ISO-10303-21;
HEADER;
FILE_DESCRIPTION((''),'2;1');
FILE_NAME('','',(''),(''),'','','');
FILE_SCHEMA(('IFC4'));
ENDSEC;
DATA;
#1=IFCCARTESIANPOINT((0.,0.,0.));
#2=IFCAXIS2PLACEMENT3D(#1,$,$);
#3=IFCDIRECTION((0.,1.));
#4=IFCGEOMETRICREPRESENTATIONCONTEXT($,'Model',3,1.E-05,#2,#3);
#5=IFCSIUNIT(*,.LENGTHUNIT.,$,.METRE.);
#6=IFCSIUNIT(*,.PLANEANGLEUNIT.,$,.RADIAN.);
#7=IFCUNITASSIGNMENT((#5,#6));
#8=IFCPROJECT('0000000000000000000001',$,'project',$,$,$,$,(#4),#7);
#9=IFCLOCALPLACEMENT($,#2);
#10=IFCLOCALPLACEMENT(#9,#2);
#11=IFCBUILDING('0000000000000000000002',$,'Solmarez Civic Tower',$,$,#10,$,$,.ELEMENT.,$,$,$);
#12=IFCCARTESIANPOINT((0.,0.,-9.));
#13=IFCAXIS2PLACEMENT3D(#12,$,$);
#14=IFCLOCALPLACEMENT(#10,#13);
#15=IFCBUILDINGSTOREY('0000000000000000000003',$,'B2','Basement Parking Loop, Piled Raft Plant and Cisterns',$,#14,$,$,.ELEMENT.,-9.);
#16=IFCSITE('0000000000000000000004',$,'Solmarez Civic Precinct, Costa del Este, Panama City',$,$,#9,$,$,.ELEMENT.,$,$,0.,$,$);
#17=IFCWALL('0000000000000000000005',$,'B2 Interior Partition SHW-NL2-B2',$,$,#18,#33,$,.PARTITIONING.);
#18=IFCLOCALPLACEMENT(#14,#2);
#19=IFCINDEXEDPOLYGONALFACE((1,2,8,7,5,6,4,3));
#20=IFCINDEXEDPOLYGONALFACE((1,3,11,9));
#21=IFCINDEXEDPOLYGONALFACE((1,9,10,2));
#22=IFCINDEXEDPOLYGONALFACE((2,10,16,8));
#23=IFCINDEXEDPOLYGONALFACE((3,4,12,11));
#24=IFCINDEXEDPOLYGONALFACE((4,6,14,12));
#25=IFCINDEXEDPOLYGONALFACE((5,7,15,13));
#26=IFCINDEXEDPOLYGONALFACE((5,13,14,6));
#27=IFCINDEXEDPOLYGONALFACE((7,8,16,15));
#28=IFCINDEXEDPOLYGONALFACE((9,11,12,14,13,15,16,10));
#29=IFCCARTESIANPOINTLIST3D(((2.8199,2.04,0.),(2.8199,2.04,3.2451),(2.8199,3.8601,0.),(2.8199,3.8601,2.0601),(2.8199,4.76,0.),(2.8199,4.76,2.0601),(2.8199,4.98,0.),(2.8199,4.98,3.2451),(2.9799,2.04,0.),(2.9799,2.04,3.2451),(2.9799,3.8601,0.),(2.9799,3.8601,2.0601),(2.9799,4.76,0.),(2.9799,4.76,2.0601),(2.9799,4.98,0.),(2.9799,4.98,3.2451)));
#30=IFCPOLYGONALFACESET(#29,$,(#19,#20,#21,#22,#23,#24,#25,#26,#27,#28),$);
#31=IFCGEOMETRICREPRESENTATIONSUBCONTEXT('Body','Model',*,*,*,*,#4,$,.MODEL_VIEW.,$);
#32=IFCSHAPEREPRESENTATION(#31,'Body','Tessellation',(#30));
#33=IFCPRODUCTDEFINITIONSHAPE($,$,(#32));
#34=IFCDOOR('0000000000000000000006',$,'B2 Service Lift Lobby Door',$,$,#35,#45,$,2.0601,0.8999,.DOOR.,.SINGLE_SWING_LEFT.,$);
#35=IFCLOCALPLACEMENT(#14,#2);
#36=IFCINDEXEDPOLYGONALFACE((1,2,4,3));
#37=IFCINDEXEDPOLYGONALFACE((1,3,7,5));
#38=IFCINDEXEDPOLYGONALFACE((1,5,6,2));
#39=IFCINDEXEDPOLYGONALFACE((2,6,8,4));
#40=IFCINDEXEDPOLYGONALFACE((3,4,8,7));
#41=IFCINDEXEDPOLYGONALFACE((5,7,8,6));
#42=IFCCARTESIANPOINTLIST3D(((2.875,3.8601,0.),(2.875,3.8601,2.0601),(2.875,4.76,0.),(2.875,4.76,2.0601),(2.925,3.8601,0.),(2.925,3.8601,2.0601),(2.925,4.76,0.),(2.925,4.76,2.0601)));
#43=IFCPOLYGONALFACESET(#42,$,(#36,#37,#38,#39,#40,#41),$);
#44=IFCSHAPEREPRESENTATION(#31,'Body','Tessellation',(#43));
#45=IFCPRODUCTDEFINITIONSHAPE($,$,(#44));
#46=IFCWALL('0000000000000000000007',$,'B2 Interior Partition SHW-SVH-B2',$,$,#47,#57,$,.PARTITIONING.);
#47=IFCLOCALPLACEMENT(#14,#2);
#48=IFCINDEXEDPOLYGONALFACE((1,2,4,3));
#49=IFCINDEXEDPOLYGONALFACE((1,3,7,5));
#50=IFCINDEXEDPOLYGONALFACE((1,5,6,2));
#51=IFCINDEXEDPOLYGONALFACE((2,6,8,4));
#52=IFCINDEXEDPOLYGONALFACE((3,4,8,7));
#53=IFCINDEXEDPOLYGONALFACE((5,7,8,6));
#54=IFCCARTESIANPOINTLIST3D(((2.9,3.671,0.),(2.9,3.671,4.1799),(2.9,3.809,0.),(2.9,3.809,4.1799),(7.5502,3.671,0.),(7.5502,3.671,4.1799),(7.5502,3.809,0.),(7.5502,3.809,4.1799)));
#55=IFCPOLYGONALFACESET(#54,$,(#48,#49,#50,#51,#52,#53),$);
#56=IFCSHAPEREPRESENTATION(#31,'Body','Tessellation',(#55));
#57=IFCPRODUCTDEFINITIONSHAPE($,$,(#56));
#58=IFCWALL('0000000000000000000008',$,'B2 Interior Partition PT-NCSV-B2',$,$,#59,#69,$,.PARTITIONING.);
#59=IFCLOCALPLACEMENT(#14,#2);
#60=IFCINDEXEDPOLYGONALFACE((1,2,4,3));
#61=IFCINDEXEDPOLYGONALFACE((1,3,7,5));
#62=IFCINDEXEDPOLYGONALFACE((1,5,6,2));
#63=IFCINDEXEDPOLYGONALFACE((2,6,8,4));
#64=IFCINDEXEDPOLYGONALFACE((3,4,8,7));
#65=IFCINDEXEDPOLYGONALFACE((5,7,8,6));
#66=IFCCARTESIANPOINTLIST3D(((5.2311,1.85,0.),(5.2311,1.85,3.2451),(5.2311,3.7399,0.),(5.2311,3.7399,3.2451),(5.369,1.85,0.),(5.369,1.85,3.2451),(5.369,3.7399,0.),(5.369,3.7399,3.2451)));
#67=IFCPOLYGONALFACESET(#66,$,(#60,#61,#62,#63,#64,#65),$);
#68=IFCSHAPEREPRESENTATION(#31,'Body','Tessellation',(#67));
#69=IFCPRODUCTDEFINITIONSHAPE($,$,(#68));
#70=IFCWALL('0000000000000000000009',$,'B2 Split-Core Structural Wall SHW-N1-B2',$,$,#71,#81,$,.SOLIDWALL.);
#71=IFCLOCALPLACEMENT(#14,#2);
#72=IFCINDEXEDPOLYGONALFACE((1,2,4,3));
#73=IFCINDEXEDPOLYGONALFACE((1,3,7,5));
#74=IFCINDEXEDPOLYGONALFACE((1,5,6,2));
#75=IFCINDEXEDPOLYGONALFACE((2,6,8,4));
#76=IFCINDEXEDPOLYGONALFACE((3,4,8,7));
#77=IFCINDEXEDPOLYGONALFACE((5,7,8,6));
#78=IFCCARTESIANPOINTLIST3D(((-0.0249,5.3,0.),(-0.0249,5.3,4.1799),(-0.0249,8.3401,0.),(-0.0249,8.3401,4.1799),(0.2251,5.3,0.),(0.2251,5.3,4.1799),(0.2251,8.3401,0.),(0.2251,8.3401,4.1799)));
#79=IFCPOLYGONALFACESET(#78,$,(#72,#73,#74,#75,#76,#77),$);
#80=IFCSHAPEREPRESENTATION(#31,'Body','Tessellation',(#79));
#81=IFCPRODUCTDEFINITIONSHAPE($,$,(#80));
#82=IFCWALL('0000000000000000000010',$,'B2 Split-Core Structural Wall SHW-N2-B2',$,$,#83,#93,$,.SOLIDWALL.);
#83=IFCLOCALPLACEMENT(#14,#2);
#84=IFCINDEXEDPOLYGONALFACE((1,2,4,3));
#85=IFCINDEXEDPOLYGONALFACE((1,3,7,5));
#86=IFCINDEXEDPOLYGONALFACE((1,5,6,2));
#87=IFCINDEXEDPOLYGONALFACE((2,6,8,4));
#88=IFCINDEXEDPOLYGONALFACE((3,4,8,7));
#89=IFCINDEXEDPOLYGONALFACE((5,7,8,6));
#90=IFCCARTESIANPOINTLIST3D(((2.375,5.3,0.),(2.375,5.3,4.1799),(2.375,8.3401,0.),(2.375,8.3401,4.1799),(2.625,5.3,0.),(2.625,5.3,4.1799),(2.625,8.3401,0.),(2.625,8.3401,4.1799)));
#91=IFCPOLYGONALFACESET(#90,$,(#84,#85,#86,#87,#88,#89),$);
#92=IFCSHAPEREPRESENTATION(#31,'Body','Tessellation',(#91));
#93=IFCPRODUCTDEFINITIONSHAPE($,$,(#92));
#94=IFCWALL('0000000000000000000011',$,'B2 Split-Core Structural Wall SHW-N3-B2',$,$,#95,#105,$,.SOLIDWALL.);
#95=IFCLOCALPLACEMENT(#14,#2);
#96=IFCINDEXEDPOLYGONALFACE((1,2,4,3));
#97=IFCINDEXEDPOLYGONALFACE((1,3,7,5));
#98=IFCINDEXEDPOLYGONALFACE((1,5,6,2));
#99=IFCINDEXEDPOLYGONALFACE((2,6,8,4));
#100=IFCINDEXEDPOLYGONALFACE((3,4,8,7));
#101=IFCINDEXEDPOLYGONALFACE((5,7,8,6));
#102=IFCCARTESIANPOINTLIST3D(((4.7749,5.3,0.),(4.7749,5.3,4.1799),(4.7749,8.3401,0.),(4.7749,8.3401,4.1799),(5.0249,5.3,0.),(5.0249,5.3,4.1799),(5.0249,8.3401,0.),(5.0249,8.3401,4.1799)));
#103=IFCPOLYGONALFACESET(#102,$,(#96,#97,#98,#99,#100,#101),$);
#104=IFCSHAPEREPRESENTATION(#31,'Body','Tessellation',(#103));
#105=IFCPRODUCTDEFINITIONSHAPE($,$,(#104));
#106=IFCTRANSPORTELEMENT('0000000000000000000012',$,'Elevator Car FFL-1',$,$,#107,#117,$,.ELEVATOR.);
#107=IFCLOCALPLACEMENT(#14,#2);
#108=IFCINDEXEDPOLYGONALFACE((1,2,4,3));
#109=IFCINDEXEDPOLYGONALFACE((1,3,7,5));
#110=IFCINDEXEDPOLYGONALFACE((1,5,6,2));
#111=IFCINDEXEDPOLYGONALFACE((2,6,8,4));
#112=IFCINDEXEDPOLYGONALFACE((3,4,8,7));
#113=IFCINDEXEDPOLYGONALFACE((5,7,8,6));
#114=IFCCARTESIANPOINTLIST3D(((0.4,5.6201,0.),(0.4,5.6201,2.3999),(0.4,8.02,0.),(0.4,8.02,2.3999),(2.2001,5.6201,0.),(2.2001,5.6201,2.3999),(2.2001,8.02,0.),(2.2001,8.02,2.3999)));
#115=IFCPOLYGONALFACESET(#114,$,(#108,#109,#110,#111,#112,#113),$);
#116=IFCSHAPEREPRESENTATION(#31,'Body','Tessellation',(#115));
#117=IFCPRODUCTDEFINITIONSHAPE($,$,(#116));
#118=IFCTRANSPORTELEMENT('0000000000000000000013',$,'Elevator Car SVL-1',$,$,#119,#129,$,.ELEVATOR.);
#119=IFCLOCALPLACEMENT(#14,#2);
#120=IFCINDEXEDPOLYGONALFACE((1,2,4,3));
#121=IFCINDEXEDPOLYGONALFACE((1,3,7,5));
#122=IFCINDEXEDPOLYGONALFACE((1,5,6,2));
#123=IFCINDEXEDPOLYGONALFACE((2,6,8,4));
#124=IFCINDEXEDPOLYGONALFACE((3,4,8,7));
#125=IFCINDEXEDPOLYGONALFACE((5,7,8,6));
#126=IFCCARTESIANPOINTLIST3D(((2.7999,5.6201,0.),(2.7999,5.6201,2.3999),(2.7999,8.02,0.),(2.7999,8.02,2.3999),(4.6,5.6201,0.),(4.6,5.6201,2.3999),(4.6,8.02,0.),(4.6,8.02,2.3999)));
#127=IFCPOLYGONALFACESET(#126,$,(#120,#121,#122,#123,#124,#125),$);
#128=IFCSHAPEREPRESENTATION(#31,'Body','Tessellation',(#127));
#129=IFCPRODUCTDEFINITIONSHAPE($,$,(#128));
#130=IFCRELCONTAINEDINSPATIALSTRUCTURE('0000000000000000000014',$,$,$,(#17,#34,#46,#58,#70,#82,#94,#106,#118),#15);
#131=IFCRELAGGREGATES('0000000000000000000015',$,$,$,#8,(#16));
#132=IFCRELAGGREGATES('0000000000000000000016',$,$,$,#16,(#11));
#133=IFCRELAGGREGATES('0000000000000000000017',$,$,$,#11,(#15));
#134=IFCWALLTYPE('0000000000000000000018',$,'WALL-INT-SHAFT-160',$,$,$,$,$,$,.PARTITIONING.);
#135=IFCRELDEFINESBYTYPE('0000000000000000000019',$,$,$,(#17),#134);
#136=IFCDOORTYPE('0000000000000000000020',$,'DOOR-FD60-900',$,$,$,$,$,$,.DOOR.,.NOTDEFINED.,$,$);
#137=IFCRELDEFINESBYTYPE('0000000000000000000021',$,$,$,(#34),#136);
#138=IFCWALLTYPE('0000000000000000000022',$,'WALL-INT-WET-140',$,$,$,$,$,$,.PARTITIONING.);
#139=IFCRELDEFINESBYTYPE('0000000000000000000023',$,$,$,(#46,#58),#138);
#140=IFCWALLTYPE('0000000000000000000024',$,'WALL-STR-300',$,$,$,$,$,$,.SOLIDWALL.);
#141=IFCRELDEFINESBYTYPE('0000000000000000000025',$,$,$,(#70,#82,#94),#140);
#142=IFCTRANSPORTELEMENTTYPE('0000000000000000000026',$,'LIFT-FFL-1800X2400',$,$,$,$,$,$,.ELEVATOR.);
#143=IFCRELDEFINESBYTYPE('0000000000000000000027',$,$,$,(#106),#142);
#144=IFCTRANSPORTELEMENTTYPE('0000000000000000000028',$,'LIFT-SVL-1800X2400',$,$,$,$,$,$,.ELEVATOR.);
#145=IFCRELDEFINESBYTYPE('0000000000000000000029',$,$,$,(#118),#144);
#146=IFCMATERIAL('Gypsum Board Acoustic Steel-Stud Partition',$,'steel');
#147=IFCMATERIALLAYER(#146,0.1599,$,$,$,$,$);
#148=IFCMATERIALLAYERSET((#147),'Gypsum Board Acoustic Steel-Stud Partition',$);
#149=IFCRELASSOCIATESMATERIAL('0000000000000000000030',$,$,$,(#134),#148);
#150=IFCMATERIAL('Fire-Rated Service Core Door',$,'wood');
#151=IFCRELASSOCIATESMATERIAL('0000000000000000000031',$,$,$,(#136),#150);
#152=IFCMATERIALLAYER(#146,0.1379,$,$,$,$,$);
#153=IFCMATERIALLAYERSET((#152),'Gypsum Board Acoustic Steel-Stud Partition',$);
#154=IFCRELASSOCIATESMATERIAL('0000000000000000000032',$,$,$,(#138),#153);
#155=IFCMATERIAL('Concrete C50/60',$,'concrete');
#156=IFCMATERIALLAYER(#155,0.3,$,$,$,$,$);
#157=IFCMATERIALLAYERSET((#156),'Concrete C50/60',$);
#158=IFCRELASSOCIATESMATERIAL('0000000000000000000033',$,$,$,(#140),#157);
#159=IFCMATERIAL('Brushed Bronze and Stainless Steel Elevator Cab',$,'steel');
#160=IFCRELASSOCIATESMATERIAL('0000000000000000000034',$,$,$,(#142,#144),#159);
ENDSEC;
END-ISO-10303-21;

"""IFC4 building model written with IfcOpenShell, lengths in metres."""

from ifc_helpers import new_model, si_unit, direction, frame, frame_2d, origin, origin_2d, place, context, subcontext, project, spatial, rectangle, extrude, material, layer, layer_set, type_object, element, fill, save


model = new_model("IFC4")

# Units and contexts
model_context = context("Model", 3, precision=1e-05, world=origin(), true_north=direction((0.0, 1.0)))
body_context = subcontext(model_context, "Body", "Model", "MODEL_VIEW")
ifc_project = project(units=[si_unit("LENGTHUNIT", "METRE"), si_unit("PLANEANGLEUNIT", "RADIAN")], contexts=[model_context])

# Site, building, storey
site_placement = place(None, origin())
site = spatial("IfcSite", under=ifc_project, at=site_placement, Name="Solmarez Civic Precinct, Costa del Este, Panama City", CompositionType="ELEMENT", RefElevation=0.0)
building_placement = place(site_placement, origin())
building = spatial("IfcBuilding", under=site, at=building_placement, Name="Solmarez Civic Tower", CompositionType="ELEMENT")
storey_placement = place(building_placement, frame((0.0, 0.0, -9.0)))
storey = spatial("IfcBuildingStorey", under=building, at=storey_placement, Name="B2", Description="Basement Parking Loop, Piled Raft Plant and Cisterns", CompositionType="ELEMENT", Elevation=-9.0)

# Shared definitions
ifc_material_1 = material(Name="Concrete C50/60", Category="concrete")

# Wall, opening, door
ifc_material_2 = material(Name="Gypsum Board Acoustic Steel-Stud Partition", Category="steel")
ifc_layer_1 = layer(ifc_material_2, 0.1599)
ifc_layer_set_1 = layer_set([ifc_layer_1], Name="Gypsum Board Acoustic Steel-Stud Partition")
wall_type_1 = type_object("IfcWallType", Name="WALL-INT-SHAFT-160", PredefinedType="PARTITIONING", material=ifc_layer_set_1)
wall_1_placement = place(storey_placement, frame((2.8999, 2.04, 0.0), z_axis=(0.0, 0.0, 1.0), x_axis=(0.0, 1.0, 0.0)))
wall_1 = element("IfcWall", 1, at=wall_1_placement, inside=storey, type_object=wall_type_1, Name="B2 Interior Partition SHW-NL2-B2", PredefinedType="PARTITIONING", context=body_context, shape_type="SweptSolid", body=[
    extrude(rectangle(XDim=2.9399, YDim=0.1599, at=frame_2d((1.47, 0.0))), origin(), (0.0, 0.0, 1.0), 3.2451),
])
opening_1_placement = place(wall_1_placement, frame((1.8201, 0.0, 0.0)))
opening_1 = element("IfcOpeningElement", 2, at=opening_1_placement, cuts=wall_1, PredefinedType="OPENING", context=body_context, shape_type="SweptSolid", body=[
    extrude(rectangle(XDim=0.8999, YDim=2.0601, at=frame_2d((0.45, 1.03))), frame((0.0, 0.0898, 0.0), z_axis=(0.0, -1.0, 0.0), x_axis=(1.0, 0.0, 0.0)), (0.0, 0.0, 1.0), 0.1799),
])
ifc_material_3 = material(Name="Fire-Rated Service Core Door", Category="wood")
door_type_1 = type_object("IfcDoorType", Name="DOOR-FD60-900", OperationType="NOTDEFINED", PredefinedType="DOOR", material=ifc_material_3)
door_1_placement = place(opening_1_placement, origin())
door_1 = element("IfcDoor", 3, at=door_1_placement, inside=storey, type_object=door_type_1, Name="B2 Service Lift Lobby Door", OperationType="SINGLE_SWING_LEFT", OverallHeight=2.0601, OverallWidth=0.8999, PredefinedType="DOOR", context=body_context, shape_type="SweptSolid", body=[
    extrude(rectangle(XDim=0.8999, YDim=2.0601, at=frame_2d((0.45, 1.03))), frame((0.0, 0.0249, 0.0), z_axis=(0.0, -1.0, 0.0), x_axis=(1.0, 0.0, 0.0)), (0.0, 0.0, 1.0), 0.05),
])
fill(opening_1, door_1)

# Walls
ifc_layer_2 = layer(ifc_material_2, 0.1379)
ifc_layer_set_2 = layer_set([ifc_layer_2], Name="Gypsum Board Acoustic Steel-Stud Partition")
wall_type_2 = type_object("IfcWallType", Name="WALL-INT-WET-140", PredefinedType="PARTITIONING", material=ifc_layer_set_2)
wall_2_placement = place(storey_placement, frame((2.8999, 3.74, 0.0), z_axis=(0.0, 0.0, 1.0), x_axis=(1.0, 0.0, 0.0)))
element("IfcWall", 4, at=wall_2_placement, inside=storey, type_object=wall_type_2, Name="B2 Interior Partition SHW-SVH-B2", PredefinedType="PARTITIONING", context=body_context, shape_type="SweptSolid", body=[
    extrude(rectangle(XDim=4.6501, YDim=0.1379, at=frame_2d((2.3252, 0.0))), origin(), (0.0, 0.0, 1.0), 4.1799),
])
wall_3_placement = place(storey_placement, frame((5.3, 1.8501, 0.0), z_axis=(0.0, 0.0, 1.0), x_axis=(0.0, 1.0, 0.0)))
element("IfcWall", 5, at=wall_3_placement, inside=storey, type_object=wall_type_2, Name="B2 Interior Partition PT-NCSV-B2", PredefinedType="PARTITIONING", context=body_context, shape_type="SweptSolid", body=[
    extrude(rectangle(XDim=1.8899, YDim=0.1379, at=frame_2d((0.9448, 0.0))), origin(), (0.0, 0.0, 1.0), 3.2451),
])

# Shared definitions
ifc_layer_3 = layer(ifc_material_1, 0.3)
ifc_layer_set_3 = layer_set([ifc_layer_3], Name="Concrete C50/60")
wall_type_3 = type_object("IfcWallType", Name="WALL-STR-300", PredefinedType="SOLIDWALL", material=ifc_layer_set_3)

# Walls
for number, where, z_axis, x_axis, name in (
    (6, (0.1001, 5.3, 0.0), (0.0, 0.0, 1.0), (0.0, 1.0, 0.0), "B2 Split-Core Structural Wall SHW-N1-B2"),
    (7, (2.5, 5.3, 0.0), (0.0, 0.0, 1.0), (0.0, 1.0, 0.0), "B2 Split-Core Structural Wall SHW-N2-B2"),
    (8, (4.8999, 5.3, 0.0), (0.0, 0.0, 1.0), (0.0, 1.0, 0.0), "B2 Split-Core Structural Wall SHW-N3-B2"),
):
    element("IfcWall", number, at=place(storey_placement, frame(where, z_axis=z_axis, x_axis=x_axis)), inside=storey, type_object=wall_type_3, Name=name, PredefinedType="SOLIDWALL", context=body_context, shape_type="SweptSolid", body=[
        extrude(rectangle(XDim=3.04, YDim=0.25, at=frame_2d((1.52, 0.0))), origin(), (0.0, 0.0, 1.0), 4.1799),
    ])

# Transport elements
ifc_material_4 = material(Name="Brushed Bronze and Stainless Steel Elevator Cab", Category="steel")
transport_element_type_1 = type_object("IfcTransportElementType", Name="LIFT-FFL-1800X2400", PredefinedType="ELEVATOR", material=ifc_material_4)
transport_element_1_placement = place(storey_placement, frame((1.3, 6.8201, 0.0), z_axis=(0.0, 0.0, 1.0), x_axis=(1.0, 0.0, 0.0)))
element("IfcTransportElement", 9, at=transport_element_1_placement, inside=storey, type_object=transport_element_type_1, Name="Elevator Car FFL-1", PredefinedType="ELEVATOR", context=body_context, shape_type="SweptSolid", body=[
    extrude(rectangle(XDim=1.8, YDim=2.3999, at=origin_2d()), origin(), (0.0, 0.0, 1.0), 2.3999),
])
transport_element_type_2 = type_object("IfcTransportElementType", Name="LIFT-SVL-1800X2400", PredefinedType="ELEVATOR", material=ifc_material_4)
transport_element_2_placement = place(storey_placement, frame((3.7, 6.8201, 0.0), z_axis=(0.0, 0.0, 1.0), x_axis=(1.0, 0.0, 0.0)))
element("IfcTransportElement", 10, at=transport_element_2_placement, inside=storey, type_object=transport_element_type_2, Name="Elevator Car SVL-1", PredefinedType="ELEVATOR", context=body_context, shape_type="SweptSolid", body=[
    extrude(rectangle(XDim=1.8, YDim=2.3999, at=origin_2d()), origin(), (0.0, 0.0, 1.0), 2.3999),
])

save(model, "model.ifc")
